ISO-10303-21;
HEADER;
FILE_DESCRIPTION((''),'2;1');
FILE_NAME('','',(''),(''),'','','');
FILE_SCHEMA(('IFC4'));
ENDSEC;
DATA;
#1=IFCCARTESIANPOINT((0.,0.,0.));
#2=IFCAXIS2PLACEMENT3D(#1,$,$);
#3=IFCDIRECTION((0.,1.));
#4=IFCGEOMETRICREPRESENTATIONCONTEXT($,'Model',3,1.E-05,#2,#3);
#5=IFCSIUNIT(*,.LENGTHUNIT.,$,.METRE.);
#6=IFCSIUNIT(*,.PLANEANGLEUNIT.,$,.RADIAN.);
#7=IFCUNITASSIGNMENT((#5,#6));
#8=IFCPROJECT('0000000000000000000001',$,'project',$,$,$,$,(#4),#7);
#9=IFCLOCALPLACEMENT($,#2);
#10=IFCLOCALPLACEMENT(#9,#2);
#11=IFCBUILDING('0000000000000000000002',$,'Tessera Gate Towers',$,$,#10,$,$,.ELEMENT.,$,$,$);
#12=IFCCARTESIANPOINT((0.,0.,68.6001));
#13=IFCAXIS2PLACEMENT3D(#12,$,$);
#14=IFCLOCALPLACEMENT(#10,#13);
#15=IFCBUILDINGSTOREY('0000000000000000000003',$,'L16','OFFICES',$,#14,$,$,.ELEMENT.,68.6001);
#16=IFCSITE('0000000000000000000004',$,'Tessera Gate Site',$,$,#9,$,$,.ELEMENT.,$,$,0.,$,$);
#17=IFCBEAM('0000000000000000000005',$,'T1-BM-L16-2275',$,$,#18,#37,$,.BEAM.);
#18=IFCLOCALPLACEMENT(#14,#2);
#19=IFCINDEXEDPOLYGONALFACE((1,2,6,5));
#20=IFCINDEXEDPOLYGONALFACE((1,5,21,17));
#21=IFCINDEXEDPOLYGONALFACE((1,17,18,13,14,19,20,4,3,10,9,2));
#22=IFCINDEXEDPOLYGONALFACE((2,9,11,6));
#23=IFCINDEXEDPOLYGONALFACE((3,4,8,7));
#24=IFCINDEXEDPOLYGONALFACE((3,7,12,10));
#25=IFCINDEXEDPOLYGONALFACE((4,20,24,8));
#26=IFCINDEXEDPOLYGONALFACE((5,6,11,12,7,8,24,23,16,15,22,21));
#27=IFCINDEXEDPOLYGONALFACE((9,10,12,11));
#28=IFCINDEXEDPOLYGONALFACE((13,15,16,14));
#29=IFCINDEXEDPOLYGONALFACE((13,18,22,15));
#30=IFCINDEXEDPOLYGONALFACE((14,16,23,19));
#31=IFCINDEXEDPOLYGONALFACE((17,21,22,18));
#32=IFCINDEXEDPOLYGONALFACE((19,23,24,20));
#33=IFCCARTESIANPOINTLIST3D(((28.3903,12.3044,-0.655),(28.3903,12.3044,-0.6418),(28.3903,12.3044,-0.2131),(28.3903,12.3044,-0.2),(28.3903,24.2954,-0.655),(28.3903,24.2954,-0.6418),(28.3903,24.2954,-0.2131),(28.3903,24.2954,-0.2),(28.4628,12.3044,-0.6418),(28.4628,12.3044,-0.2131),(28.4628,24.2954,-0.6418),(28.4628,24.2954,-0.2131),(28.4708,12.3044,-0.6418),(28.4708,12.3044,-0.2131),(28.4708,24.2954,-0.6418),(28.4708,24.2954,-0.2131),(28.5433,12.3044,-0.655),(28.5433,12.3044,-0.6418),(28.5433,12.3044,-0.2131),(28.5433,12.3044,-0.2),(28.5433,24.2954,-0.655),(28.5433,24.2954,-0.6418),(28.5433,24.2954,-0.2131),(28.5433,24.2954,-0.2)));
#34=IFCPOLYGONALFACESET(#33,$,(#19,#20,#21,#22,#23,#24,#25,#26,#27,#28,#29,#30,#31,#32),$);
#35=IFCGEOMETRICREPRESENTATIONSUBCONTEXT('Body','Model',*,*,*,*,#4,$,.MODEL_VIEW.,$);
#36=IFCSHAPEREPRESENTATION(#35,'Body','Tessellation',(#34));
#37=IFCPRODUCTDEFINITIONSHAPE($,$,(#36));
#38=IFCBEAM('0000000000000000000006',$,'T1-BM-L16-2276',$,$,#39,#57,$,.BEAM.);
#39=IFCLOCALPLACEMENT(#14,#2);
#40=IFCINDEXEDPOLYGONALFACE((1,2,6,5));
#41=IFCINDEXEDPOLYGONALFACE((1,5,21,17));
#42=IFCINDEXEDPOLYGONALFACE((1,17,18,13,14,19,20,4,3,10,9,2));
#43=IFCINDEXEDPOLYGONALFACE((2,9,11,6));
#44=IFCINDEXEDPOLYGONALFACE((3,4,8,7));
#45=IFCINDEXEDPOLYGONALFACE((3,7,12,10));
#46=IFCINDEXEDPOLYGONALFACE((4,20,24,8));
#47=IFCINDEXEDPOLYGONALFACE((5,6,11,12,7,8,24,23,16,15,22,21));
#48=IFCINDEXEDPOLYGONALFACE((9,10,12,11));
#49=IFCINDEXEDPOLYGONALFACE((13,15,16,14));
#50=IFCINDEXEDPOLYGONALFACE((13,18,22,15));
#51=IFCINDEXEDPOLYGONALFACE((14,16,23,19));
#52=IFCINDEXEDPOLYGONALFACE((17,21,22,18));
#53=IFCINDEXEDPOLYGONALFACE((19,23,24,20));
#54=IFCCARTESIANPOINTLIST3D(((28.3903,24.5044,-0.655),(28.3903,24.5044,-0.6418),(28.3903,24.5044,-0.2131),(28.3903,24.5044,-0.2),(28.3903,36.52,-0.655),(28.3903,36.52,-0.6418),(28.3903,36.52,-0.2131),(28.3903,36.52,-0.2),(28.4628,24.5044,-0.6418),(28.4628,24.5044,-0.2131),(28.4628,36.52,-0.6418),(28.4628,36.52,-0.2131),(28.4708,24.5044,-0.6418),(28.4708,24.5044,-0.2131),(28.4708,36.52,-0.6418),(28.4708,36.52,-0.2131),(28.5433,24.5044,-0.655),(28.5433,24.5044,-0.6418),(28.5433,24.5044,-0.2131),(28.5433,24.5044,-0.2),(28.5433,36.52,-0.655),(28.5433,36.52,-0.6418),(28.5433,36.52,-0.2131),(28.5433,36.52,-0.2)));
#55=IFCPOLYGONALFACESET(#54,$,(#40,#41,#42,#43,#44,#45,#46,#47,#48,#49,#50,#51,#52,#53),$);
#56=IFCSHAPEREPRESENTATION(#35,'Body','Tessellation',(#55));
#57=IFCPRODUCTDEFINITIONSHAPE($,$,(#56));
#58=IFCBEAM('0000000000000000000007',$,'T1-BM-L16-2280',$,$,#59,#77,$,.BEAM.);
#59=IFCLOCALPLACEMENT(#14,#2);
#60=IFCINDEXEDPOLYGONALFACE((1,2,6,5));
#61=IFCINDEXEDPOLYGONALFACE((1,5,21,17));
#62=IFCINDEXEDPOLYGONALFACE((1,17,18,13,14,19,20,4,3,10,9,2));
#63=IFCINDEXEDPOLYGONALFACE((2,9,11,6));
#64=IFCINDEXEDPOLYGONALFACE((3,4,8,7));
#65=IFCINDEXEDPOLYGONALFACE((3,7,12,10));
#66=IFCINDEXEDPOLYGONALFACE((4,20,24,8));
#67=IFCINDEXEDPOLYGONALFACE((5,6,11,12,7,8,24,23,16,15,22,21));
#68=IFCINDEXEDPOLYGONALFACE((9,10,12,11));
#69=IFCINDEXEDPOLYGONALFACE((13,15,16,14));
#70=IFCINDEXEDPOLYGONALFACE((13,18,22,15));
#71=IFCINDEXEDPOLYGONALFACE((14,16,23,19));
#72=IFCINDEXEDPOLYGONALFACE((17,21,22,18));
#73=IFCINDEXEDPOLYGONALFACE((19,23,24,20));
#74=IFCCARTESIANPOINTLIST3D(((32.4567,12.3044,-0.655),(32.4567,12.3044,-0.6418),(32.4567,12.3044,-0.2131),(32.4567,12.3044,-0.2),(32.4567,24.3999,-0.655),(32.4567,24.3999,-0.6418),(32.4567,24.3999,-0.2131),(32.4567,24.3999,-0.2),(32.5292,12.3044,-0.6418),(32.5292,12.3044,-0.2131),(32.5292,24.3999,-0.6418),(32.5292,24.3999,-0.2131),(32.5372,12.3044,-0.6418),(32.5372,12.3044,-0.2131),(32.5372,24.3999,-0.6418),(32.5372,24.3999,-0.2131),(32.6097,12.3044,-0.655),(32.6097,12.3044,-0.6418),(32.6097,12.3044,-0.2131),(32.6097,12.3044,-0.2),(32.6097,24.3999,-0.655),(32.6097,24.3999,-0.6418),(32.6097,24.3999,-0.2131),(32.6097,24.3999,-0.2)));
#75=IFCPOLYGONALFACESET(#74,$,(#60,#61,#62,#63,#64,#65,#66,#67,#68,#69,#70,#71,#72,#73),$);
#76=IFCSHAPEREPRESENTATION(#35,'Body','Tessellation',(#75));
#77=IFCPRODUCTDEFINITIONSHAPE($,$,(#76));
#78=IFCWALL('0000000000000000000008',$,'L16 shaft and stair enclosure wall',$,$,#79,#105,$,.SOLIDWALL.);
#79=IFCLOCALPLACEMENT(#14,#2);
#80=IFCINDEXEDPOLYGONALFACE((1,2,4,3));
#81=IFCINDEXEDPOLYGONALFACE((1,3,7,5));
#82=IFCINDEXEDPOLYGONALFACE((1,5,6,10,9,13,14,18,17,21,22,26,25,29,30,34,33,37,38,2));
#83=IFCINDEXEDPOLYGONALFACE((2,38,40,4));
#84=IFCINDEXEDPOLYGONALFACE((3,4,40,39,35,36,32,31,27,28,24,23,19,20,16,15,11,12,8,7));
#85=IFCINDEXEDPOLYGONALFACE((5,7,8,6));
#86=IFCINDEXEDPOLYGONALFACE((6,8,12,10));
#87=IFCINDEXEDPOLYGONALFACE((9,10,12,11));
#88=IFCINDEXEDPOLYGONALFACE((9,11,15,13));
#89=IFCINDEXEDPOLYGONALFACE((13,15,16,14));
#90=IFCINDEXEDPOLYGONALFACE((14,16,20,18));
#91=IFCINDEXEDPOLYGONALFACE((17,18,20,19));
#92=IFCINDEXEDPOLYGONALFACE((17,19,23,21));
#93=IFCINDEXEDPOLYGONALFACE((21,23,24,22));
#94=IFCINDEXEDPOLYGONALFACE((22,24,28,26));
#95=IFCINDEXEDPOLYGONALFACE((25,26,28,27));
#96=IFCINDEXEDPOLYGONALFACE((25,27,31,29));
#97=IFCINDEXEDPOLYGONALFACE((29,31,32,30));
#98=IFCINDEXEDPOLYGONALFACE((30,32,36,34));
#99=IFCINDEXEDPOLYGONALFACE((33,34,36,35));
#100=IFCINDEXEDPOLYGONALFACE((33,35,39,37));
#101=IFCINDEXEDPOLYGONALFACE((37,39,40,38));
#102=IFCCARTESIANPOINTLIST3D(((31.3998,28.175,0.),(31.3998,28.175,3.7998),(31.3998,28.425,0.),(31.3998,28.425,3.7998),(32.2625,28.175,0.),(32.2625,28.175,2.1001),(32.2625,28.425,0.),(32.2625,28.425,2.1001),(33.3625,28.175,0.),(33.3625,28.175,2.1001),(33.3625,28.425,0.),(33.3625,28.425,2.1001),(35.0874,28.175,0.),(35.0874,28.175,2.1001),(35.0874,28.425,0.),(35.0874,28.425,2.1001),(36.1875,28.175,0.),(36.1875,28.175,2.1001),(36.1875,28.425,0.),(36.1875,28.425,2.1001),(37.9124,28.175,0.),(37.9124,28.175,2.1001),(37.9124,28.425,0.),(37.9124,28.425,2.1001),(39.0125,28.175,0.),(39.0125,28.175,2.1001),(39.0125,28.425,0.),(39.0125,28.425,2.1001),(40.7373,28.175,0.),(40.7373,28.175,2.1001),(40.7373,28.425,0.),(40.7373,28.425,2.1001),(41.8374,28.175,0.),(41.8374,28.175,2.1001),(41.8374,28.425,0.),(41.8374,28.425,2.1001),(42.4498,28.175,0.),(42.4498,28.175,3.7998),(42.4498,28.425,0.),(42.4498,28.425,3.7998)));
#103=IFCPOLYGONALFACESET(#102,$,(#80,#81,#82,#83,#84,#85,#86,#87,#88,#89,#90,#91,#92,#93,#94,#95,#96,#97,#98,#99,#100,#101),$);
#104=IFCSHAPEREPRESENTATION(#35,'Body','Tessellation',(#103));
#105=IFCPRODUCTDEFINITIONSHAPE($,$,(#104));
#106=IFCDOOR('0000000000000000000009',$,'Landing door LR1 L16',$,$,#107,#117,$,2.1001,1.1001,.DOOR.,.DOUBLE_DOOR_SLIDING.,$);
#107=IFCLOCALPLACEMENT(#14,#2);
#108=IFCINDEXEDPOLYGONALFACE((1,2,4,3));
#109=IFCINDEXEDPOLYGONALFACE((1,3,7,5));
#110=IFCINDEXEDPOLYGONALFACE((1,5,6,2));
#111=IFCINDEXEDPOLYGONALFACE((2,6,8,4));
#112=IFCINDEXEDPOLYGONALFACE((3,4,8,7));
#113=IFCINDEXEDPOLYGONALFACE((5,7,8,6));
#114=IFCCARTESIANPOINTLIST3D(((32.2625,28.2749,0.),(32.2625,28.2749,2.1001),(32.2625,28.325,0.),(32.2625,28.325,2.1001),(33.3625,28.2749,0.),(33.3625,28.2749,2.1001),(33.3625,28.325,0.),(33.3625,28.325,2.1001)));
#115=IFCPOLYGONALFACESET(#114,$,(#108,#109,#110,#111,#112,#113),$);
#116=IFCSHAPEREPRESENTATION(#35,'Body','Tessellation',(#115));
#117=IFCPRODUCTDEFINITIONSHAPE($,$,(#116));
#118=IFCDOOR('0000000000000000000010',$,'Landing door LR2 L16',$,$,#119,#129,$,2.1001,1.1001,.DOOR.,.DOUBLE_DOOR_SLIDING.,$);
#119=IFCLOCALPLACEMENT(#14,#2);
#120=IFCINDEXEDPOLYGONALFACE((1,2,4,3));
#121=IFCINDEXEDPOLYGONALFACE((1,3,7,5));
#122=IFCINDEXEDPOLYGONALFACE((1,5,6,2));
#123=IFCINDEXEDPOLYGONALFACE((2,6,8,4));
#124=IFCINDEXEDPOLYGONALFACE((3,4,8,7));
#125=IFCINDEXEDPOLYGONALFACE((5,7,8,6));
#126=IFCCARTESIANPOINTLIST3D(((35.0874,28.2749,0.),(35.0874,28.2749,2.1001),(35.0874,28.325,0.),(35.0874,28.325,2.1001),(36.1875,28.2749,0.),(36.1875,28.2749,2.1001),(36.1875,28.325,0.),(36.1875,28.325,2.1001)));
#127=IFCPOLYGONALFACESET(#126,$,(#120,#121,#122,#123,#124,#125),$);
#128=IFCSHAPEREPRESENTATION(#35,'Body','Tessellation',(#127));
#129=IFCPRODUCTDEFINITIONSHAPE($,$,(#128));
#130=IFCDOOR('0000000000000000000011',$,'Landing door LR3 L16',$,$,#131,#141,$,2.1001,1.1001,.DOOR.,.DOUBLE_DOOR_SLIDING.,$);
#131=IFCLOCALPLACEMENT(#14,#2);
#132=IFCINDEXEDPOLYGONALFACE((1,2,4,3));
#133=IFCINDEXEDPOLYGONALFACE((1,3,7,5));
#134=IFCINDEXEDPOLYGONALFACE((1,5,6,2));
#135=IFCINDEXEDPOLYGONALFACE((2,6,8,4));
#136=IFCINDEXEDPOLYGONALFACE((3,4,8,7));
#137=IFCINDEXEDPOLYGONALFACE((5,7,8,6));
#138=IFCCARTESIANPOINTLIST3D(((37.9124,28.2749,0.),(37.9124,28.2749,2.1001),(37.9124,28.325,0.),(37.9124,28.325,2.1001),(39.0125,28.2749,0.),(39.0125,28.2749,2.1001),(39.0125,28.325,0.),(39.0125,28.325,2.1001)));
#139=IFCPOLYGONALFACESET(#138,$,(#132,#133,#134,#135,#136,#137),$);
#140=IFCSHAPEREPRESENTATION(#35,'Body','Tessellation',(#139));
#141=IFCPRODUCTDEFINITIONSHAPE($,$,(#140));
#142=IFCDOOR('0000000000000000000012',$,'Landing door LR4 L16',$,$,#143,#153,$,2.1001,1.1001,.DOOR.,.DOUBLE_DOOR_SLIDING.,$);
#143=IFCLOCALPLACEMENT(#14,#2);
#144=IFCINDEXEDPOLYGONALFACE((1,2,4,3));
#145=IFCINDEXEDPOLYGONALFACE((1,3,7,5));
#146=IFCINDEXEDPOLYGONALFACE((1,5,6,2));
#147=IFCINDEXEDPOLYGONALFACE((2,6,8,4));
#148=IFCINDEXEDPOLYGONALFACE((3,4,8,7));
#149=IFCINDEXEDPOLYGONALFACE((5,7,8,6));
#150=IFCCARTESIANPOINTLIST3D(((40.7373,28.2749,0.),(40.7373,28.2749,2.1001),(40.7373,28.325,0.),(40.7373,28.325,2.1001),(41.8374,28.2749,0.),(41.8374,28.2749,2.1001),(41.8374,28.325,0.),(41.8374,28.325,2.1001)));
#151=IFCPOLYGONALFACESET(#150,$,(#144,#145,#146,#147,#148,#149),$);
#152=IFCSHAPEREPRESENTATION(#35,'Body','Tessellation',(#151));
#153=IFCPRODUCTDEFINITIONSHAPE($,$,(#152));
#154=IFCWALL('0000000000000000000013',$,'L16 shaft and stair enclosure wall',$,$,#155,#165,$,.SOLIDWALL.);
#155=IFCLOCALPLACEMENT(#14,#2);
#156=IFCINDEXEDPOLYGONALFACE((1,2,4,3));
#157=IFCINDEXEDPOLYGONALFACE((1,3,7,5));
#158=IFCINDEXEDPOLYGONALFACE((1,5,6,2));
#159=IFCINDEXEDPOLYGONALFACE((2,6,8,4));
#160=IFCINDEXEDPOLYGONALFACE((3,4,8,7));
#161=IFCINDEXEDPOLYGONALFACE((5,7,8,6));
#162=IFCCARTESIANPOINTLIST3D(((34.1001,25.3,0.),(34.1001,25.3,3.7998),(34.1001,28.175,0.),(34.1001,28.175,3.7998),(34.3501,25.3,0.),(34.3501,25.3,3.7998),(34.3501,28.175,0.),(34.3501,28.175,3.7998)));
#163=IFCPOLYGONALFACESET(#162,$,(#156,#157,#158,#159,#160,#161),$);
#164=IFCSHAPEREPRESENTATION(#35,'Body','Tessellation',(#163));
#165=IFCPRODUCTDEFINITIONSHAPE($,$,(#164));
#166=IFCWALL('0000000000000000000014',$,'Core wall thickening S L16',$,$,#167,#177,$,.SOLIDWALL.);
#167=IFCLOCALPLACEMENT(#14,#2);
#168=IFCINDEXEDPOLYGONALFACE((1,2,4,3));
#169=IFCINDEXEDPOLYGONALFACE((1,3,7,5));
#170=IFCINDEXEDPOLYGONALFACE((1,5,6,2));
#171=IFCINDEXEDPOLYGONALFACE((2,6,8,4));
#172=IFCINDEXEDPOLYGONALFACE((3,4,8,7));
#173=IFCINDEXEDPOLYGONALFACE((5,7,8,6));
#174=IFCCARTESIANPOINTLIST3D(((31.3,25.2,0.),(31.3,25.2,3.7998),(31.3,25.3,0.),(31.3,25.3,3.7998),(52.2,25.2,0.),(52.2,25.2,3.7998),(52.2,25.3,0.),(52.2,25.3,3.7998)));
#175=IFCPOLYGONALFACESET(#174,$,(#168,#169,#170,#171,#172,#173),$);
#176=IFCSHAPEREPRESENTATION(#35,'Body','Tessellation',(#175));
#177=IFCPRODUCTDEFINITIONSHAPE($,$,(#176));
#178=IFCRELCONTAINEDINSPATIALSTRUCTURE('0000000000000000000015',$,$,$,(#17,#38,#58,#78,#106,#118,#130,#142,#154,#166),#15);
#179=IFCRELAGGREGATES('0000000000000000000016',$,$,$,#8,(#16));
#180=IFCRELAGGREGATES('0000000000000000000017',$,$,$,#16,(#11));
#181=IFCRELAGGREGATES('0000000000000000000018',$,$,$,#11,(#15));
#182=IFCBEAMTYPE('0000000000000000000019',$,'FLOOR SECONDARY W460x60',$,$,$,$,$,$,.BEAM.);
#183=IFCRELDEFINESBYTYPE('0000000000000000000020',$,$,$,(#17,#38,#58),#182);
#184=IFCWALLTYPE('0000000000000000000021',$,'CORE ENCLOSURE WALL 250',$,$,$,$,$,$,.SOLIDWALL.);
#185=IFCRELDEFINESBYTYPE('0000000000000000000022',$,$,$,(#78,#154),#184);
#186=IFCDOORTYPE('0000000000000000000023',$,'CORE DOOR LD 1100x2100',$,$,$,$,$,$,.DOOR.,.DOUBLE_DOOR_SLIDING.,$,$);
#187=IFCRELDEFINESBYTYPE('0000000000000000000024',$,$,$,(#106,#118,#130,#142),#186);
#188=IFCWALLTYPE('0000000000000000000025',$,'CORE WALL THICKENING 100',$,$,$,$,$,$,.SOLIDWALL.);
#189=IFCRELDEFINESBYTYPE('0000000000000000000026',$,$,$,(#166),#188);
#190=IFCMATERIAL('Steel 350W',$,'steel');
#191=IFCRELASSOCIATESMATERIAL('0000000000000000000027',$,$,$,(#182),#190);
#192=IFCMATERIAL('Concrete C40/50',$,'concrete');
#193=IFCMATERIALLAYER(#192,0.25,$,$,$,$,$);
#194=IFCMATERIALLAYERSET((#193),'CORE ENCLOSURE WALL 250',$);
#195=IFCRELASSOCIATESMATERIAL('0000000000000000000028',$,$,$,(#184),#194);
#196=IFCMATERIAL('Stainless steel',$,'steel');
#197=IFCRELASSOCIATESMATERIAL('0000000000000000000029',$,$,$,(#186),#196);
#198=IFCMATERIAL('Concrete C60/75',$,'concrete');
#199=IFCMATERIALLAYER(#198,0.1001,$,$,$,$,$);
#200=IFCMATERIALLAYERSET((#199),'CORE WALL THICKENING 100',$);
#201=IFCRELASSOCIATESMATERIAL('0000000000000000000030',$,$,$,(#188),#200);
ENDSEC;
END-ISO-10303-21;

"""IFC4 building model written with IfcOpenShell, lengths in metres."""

from ifc_helpers import new_model, si_unit, direction, frame, frame_2d, origin, origin_2d, place, context, subcontext, project, spatial, rectangle, i_section, extrude, source, transform, mapped, material, layer, layer_set, material_profile, profile_set, type_object, element, fill, save


model = new_model("IFC4")

# Units and contexts
model_context = context("Model", 3, precision=1e-05, world=origin(), true_north=direction((0.0, 1.0)))
body_context = subcontext(model_context, "Body", "Model", "MODEL_VIEW")
ifc_project = project(units=[si_unit("LENGTHUNIT", "METRE"), si_unit("PLANEANGLEUNIT", "RADIAN")], contexts=[model_context])

# Site, building, storey
site_placement = place(None, origin())
site = spatial("IfcSite", under=ifc_project, at=site_placement, Name="Tessera Gate Site", CompositionType="ELEMENT", RefElevation=0.0)
building_placement = place(site_placement, origin())
building = spatial("IfcBuilding", under=site, at=building_placement, Name="Tessera Gate Towers", CompositionType="ELEMENT")
storey_placement = place(building_placement, frame((0.0, 0.0, 68.6001)))
storey = spatial("IfcBuildingStorey", under=building, at=storey_placement, Name="L16", Description="OFFICES", CompositionType="ELEMENT", Elevation=68.6001)

# Beams
ifc_material_1 = material(Name="Steel 350W", Category="steel")
ifc_material_profile = material_profile(ifc_material_1, i_section(OverallWidth=0.1531, OverallDepth=0.4551, WebThickness=0.0081, FlangeThickness=0.0132, at=origin_2d()), Name="W460x60")
ifc_profile_set = profile_set([ifc_material_profile], Name="Steel 350W")
beam_type = type_object("IfcBeamType", Name="FLOOR SECONDARY W460x60", PredefinedType="BEAM", material=ifc_profile_set)
beam_1_placement = place(storey_placement, frame((28.4668, 12.3044, -0.4275), z_axis=(0.0, 1.0, 0.0), x_axis=(-1.0, 0.0, 0.0)))
element("IfcBeam", 1, at=beam_1_placement, inside=storey, type_object=beam_type, Name="T1-BM-L16-2275", PredefinedType="BEAM", context=body_context, shape_type="SweptSolid", body=[
    extrude(i_section(OverallWidth=0.1531, OverallDepth=0.4551, WebThickness=0.0081, FlangeThickness=0.0132, at=origin_2d()), origin(), (0.0, 0.0, 1.0), 11.991),
])
beam_2_placement = place(storey_placement, frame((28.4668, 24.5044, -0.4275), z_axis=(0.0, 1.0, 0.0), x_axis=(-1.0, 0.0, 0.0)))
element("IfcBeam", 2, at=beam_2_placement, inside=storey, type_object=beam_type, Name="T1-BM-L16-2276", PredefinedType="BEAM", context=body_context, shape_type="SweptSolid", body=[
    extrude(i_section(OverallWidth=0.1531, OverallDepth=0.4551, WebThickness=0.0081, FlangeThickness=0.0132, at=origin_2d()), origin(), (0.0, 0.0, 1.0), 12.0156),
])
beam_3_placement = place(storey_placement, frame((32.5332, 12.3044, -0.4275), z_axis=(0.0, 1.0, 0.0), x_axis=(-1.0, 0.0, 0.0)))
element("IfcBeam", 3, at=beam_3_placement, inside=storey, type_object=beam_type, Name="T1-BM-L16-2280", PredefinedType="BEAM", context=body_context, shape_type="SweptSolid", body=[
    extrude(i_section(OverallWidth=0.1531, OverallDepth=0.4551, WebThickness=0.0081, FlangeThickness=0.0132, at=origin_2d()), origin(), (0.0, 0.0, 1.0), 12.0955),
])

# Wall, openings, doors
ifc_material_2 = material(Name="Concrete C40/50", Category="concrete")
ifc_layer_1 = layer(ifc_material_2, 0.25)
ifc_layer_set_1 = layer_set([ifc_layer_1], Name="CORE ENCLOSURE WALL 250")
wall_type_1 = type_object("IfcWallType", Name="CORE ENCLOSURE WALL 250", PredefinedType="SOLIDWALL", material=ifc_layer_set_1)
wall_1_placement = place(storey_placement, frame((31.3999, 28.3, 0.0), z_axis=(0.0, 0.0, 1.0), x_axis=(1.0, 0.0, 0.0)))
wall_1 = element("IfcWall", 4, at=wall_1_placement, inside=storey, type_object=wall_type_1, Name="L16 shaft and stair enclosure wall", PredefinedType="SOLIDWALL", context=body_context, shape_type="SweptSolid", body=[
    extrude(rectangle(XDim=11.05, YDim=0.25, at=frame_2d((5.5249, 0.0))), origin(), (0.0, 0.0, 1.0), 3.7998),
])
shared_shape_1 = source(origin(), body_context, "Body", "SweptSolid", [
    extrude(rectangle(XDim=1.1001, YDim=2.1001, at=frame_2d((0.55, 1.05))), frame((0.0, 0.135, 0.0), z_axis=(0.0, -1.0, 0.0), x_axis=(1.0, 0.0, 0.0)), (0.0, 0.0, 1.0), 0.27),
])
opening_1_placement = place(wall_1_placement, frame((0.8625, 0.0, 0.0)))
opening_1 = element("IfcOpeningElement", 5, at=opening_1_placement, cuts=wall_1, PredefinedType="OPENING", context=body_context, shape_type="MappedRepresentation", body=[
    mapped(shared_shape_1, transform((0.0, 0.0, 0.0), scale=1.0)),
])
opening_2_placement = place(wall_1_placement, frame((3.6875, 0.0, 0.0)))
opening_2 = element("IfcOpeningElement", 6, at=opening_2_placement, cuts=wall_1, PredefinedType="OPENING", context=body_context, shape_type="MappedRepresentation", body=[
    mapped(shared_shape_1, transform((0.0, 0.0, 0.0), scale=1.0)),
])
opening_3_placement = place(wall_1_placement, frame((6.5125, 0.0, 0.0)))
opening_3 = element("IfcOpeningElement", 7, at=opening_3_placement, cuts=wall_1, PredefinedType="OPENING", context=body_context, shape_type="MappedRepresentation", body=[
    mapped(shared_shape_1, transform((0.0, 0.0, 0.0), scale=1.0)),
])
opening_4_placement = place(wall_1_placement, frame((9.3374, 0.0, 0.0)))
opening_4 = element("IfcOpeningElement", 8, at=opening_4_placement, cuts=wall_1, PredefinedType="OPENING", context=body_context, shape_type="MappedRepresentation", body=[
    mapped(shared_shape_1, transform((0.0, 0.0, 0.0), scale=1.0)),
])
ifc_material_3 = material(Name="Stainless steel", Category="steel")
door_type_1 = type_object("IfcDoorType", Name="CORE DOOR LD 1100x2100", OperationType="DOUBLE_DOOR_SLIDING", PredefinedType="DOOR", material=ifc_material_3)
shared_shape_2 = source(origin(), body_context, "Body", "SweptSolid", [
    extrude(rectangle(XDim=1.1001, YDim=2.1001, at=frame_2d((0.55, 1.05))), frame((0.0, 0.0249, 0.0), z_axis=(0.0, -1.0, 0.0), x_axis=(1.0, 0.0, 0.0)), (0.0, 0.0, 1.0), 0.05),
])
door_1_placement = place(opening_1_placement, origin())
door_1 = element("IfcDoor", 9, at=door_1_placement, inside=storey, type_object=door_type_1, Name="Landing door LR1 L16", OperationType="DOUBLE_DOOR_SLIDING", OverallHeight=2.1001, OverallWidth=1.1001, PredefinedType="DOOR", context=body_context, shape_type="MappedRepresentation", body=[
    mapped(shared_shape_2, transform((0.0, 0.0, 0.0), scale=1.0)),
])
fill(opening_1, door_1)
door_2_placement = place(opening_2_placement, origin())
door_2 = element("IfcDoor", 10, at=door_2_placement, inside=storey, type_object=door_type_1, Name="Landing door LR2 L16", OperationType="DOUBLE_DOOR_SLIDING", OverallHeight=2.1001, OverallWidth=1.1001, PredefinedType="DOOR", context=body_context, shape_type="MappedRepresentation", body=[
    mapped(shared_shape_2, transform((0.0, 0.0, 0.0), scale=1.0)),
])
fill(opening_2, door_2)
door_3_placement = place(opening_3_placement, origin())
door_3 = element("IfcDoor", 11, at=door_3_placement, inside=storey, type_object=door_type_1, Name="Landing door LR3 L16", OperationType="DOUBLE_DOOR_SLIDING", OverallHeight=2.1001, OverallWidth=1.1001, PredefinedType="DOOR", context=body_context, shape_type="MappedRepresentation", body=[
    mapped(shared_shape_2, transform((0.0, 0.0, 0.0), scale=1.0)),
])
fill(opening_3, door_3)
door_4_placement = place(opening_4_placement, origin())
door_4 = element("IfcDoor", 12, at=door_4_placement, inside=storey, type_object=door_type_1, Name="Landing door LR4 L16", OperationType="DOUBLE_DOOR_SLIDING", OverallHeight=2.1001, OverallWidth=1.1001, PredefinedType="DOOR", context=body_context, shape_type="MappedRepresentation", body=[
    mapped(shared_shape_2, transform((0.0, 0.0, 0.0), scale=1.0)),
])
fill(opening_4, door_4)

# Wall
wall_2_placement = place(storey_placement, frame((34.2251, 25.3, 0.0), z_axis=(0.0, 0.0, 1.0), x_axis=(0.0, 1.0, 0.0)))
element("IfcWall", 13, at=wall_2_placement, inside=storey, type_object=wall_type_1, Name="L16 shaft and stair enclosure wall", PredefinedType="SOLIDWALL", context=body_context, shape_type="SweptSolid", body=[
    extrude(rectangle(XDim=2.875, YDim=0.25, at=frame_2d((1.4375, 0.0))), origin(), (0.0, 0.0, 1.0), 3.7998),
])

# Wall
ifc_material_4 = material(Name="Concrete C60/75", Category="concrete")
ifc_layer_2 = layer(ifc_material_4, 0.1001)
ifc_layer_set_2 = layer_set([ifc_layer_2], Name="CORE WALL THICKENING 100")
wall_type_2 = type_object("IfcWallType", Name="CORE WALL THICKENING 100", PredefinedType="SOLIDWALL", material=ifc_layer_set_2)
wall_3_placement = place(storey_placement, frame((31.3, 25.25, 0.0), z_axis=(0.0, 0.0, 1.0), x_axis=(1.0, 0.0, 0.0)))
element("IfcWall", 14, at=wall_3_placement, inside=storey, type_object=wall_type_2, Name="Core wall thickening S L16", PredefinedType="SOLIDWALL", context=body_context, shape_type="SweptSolid", body=[
    extrude(rectangle(XDim=20.8999, YDim=0.1001, at=frame_2d((10.45, 0.0))), origin(), (0.0, 0.0, 1.0), 3.7998),
])

save(model, "model.ifc")
